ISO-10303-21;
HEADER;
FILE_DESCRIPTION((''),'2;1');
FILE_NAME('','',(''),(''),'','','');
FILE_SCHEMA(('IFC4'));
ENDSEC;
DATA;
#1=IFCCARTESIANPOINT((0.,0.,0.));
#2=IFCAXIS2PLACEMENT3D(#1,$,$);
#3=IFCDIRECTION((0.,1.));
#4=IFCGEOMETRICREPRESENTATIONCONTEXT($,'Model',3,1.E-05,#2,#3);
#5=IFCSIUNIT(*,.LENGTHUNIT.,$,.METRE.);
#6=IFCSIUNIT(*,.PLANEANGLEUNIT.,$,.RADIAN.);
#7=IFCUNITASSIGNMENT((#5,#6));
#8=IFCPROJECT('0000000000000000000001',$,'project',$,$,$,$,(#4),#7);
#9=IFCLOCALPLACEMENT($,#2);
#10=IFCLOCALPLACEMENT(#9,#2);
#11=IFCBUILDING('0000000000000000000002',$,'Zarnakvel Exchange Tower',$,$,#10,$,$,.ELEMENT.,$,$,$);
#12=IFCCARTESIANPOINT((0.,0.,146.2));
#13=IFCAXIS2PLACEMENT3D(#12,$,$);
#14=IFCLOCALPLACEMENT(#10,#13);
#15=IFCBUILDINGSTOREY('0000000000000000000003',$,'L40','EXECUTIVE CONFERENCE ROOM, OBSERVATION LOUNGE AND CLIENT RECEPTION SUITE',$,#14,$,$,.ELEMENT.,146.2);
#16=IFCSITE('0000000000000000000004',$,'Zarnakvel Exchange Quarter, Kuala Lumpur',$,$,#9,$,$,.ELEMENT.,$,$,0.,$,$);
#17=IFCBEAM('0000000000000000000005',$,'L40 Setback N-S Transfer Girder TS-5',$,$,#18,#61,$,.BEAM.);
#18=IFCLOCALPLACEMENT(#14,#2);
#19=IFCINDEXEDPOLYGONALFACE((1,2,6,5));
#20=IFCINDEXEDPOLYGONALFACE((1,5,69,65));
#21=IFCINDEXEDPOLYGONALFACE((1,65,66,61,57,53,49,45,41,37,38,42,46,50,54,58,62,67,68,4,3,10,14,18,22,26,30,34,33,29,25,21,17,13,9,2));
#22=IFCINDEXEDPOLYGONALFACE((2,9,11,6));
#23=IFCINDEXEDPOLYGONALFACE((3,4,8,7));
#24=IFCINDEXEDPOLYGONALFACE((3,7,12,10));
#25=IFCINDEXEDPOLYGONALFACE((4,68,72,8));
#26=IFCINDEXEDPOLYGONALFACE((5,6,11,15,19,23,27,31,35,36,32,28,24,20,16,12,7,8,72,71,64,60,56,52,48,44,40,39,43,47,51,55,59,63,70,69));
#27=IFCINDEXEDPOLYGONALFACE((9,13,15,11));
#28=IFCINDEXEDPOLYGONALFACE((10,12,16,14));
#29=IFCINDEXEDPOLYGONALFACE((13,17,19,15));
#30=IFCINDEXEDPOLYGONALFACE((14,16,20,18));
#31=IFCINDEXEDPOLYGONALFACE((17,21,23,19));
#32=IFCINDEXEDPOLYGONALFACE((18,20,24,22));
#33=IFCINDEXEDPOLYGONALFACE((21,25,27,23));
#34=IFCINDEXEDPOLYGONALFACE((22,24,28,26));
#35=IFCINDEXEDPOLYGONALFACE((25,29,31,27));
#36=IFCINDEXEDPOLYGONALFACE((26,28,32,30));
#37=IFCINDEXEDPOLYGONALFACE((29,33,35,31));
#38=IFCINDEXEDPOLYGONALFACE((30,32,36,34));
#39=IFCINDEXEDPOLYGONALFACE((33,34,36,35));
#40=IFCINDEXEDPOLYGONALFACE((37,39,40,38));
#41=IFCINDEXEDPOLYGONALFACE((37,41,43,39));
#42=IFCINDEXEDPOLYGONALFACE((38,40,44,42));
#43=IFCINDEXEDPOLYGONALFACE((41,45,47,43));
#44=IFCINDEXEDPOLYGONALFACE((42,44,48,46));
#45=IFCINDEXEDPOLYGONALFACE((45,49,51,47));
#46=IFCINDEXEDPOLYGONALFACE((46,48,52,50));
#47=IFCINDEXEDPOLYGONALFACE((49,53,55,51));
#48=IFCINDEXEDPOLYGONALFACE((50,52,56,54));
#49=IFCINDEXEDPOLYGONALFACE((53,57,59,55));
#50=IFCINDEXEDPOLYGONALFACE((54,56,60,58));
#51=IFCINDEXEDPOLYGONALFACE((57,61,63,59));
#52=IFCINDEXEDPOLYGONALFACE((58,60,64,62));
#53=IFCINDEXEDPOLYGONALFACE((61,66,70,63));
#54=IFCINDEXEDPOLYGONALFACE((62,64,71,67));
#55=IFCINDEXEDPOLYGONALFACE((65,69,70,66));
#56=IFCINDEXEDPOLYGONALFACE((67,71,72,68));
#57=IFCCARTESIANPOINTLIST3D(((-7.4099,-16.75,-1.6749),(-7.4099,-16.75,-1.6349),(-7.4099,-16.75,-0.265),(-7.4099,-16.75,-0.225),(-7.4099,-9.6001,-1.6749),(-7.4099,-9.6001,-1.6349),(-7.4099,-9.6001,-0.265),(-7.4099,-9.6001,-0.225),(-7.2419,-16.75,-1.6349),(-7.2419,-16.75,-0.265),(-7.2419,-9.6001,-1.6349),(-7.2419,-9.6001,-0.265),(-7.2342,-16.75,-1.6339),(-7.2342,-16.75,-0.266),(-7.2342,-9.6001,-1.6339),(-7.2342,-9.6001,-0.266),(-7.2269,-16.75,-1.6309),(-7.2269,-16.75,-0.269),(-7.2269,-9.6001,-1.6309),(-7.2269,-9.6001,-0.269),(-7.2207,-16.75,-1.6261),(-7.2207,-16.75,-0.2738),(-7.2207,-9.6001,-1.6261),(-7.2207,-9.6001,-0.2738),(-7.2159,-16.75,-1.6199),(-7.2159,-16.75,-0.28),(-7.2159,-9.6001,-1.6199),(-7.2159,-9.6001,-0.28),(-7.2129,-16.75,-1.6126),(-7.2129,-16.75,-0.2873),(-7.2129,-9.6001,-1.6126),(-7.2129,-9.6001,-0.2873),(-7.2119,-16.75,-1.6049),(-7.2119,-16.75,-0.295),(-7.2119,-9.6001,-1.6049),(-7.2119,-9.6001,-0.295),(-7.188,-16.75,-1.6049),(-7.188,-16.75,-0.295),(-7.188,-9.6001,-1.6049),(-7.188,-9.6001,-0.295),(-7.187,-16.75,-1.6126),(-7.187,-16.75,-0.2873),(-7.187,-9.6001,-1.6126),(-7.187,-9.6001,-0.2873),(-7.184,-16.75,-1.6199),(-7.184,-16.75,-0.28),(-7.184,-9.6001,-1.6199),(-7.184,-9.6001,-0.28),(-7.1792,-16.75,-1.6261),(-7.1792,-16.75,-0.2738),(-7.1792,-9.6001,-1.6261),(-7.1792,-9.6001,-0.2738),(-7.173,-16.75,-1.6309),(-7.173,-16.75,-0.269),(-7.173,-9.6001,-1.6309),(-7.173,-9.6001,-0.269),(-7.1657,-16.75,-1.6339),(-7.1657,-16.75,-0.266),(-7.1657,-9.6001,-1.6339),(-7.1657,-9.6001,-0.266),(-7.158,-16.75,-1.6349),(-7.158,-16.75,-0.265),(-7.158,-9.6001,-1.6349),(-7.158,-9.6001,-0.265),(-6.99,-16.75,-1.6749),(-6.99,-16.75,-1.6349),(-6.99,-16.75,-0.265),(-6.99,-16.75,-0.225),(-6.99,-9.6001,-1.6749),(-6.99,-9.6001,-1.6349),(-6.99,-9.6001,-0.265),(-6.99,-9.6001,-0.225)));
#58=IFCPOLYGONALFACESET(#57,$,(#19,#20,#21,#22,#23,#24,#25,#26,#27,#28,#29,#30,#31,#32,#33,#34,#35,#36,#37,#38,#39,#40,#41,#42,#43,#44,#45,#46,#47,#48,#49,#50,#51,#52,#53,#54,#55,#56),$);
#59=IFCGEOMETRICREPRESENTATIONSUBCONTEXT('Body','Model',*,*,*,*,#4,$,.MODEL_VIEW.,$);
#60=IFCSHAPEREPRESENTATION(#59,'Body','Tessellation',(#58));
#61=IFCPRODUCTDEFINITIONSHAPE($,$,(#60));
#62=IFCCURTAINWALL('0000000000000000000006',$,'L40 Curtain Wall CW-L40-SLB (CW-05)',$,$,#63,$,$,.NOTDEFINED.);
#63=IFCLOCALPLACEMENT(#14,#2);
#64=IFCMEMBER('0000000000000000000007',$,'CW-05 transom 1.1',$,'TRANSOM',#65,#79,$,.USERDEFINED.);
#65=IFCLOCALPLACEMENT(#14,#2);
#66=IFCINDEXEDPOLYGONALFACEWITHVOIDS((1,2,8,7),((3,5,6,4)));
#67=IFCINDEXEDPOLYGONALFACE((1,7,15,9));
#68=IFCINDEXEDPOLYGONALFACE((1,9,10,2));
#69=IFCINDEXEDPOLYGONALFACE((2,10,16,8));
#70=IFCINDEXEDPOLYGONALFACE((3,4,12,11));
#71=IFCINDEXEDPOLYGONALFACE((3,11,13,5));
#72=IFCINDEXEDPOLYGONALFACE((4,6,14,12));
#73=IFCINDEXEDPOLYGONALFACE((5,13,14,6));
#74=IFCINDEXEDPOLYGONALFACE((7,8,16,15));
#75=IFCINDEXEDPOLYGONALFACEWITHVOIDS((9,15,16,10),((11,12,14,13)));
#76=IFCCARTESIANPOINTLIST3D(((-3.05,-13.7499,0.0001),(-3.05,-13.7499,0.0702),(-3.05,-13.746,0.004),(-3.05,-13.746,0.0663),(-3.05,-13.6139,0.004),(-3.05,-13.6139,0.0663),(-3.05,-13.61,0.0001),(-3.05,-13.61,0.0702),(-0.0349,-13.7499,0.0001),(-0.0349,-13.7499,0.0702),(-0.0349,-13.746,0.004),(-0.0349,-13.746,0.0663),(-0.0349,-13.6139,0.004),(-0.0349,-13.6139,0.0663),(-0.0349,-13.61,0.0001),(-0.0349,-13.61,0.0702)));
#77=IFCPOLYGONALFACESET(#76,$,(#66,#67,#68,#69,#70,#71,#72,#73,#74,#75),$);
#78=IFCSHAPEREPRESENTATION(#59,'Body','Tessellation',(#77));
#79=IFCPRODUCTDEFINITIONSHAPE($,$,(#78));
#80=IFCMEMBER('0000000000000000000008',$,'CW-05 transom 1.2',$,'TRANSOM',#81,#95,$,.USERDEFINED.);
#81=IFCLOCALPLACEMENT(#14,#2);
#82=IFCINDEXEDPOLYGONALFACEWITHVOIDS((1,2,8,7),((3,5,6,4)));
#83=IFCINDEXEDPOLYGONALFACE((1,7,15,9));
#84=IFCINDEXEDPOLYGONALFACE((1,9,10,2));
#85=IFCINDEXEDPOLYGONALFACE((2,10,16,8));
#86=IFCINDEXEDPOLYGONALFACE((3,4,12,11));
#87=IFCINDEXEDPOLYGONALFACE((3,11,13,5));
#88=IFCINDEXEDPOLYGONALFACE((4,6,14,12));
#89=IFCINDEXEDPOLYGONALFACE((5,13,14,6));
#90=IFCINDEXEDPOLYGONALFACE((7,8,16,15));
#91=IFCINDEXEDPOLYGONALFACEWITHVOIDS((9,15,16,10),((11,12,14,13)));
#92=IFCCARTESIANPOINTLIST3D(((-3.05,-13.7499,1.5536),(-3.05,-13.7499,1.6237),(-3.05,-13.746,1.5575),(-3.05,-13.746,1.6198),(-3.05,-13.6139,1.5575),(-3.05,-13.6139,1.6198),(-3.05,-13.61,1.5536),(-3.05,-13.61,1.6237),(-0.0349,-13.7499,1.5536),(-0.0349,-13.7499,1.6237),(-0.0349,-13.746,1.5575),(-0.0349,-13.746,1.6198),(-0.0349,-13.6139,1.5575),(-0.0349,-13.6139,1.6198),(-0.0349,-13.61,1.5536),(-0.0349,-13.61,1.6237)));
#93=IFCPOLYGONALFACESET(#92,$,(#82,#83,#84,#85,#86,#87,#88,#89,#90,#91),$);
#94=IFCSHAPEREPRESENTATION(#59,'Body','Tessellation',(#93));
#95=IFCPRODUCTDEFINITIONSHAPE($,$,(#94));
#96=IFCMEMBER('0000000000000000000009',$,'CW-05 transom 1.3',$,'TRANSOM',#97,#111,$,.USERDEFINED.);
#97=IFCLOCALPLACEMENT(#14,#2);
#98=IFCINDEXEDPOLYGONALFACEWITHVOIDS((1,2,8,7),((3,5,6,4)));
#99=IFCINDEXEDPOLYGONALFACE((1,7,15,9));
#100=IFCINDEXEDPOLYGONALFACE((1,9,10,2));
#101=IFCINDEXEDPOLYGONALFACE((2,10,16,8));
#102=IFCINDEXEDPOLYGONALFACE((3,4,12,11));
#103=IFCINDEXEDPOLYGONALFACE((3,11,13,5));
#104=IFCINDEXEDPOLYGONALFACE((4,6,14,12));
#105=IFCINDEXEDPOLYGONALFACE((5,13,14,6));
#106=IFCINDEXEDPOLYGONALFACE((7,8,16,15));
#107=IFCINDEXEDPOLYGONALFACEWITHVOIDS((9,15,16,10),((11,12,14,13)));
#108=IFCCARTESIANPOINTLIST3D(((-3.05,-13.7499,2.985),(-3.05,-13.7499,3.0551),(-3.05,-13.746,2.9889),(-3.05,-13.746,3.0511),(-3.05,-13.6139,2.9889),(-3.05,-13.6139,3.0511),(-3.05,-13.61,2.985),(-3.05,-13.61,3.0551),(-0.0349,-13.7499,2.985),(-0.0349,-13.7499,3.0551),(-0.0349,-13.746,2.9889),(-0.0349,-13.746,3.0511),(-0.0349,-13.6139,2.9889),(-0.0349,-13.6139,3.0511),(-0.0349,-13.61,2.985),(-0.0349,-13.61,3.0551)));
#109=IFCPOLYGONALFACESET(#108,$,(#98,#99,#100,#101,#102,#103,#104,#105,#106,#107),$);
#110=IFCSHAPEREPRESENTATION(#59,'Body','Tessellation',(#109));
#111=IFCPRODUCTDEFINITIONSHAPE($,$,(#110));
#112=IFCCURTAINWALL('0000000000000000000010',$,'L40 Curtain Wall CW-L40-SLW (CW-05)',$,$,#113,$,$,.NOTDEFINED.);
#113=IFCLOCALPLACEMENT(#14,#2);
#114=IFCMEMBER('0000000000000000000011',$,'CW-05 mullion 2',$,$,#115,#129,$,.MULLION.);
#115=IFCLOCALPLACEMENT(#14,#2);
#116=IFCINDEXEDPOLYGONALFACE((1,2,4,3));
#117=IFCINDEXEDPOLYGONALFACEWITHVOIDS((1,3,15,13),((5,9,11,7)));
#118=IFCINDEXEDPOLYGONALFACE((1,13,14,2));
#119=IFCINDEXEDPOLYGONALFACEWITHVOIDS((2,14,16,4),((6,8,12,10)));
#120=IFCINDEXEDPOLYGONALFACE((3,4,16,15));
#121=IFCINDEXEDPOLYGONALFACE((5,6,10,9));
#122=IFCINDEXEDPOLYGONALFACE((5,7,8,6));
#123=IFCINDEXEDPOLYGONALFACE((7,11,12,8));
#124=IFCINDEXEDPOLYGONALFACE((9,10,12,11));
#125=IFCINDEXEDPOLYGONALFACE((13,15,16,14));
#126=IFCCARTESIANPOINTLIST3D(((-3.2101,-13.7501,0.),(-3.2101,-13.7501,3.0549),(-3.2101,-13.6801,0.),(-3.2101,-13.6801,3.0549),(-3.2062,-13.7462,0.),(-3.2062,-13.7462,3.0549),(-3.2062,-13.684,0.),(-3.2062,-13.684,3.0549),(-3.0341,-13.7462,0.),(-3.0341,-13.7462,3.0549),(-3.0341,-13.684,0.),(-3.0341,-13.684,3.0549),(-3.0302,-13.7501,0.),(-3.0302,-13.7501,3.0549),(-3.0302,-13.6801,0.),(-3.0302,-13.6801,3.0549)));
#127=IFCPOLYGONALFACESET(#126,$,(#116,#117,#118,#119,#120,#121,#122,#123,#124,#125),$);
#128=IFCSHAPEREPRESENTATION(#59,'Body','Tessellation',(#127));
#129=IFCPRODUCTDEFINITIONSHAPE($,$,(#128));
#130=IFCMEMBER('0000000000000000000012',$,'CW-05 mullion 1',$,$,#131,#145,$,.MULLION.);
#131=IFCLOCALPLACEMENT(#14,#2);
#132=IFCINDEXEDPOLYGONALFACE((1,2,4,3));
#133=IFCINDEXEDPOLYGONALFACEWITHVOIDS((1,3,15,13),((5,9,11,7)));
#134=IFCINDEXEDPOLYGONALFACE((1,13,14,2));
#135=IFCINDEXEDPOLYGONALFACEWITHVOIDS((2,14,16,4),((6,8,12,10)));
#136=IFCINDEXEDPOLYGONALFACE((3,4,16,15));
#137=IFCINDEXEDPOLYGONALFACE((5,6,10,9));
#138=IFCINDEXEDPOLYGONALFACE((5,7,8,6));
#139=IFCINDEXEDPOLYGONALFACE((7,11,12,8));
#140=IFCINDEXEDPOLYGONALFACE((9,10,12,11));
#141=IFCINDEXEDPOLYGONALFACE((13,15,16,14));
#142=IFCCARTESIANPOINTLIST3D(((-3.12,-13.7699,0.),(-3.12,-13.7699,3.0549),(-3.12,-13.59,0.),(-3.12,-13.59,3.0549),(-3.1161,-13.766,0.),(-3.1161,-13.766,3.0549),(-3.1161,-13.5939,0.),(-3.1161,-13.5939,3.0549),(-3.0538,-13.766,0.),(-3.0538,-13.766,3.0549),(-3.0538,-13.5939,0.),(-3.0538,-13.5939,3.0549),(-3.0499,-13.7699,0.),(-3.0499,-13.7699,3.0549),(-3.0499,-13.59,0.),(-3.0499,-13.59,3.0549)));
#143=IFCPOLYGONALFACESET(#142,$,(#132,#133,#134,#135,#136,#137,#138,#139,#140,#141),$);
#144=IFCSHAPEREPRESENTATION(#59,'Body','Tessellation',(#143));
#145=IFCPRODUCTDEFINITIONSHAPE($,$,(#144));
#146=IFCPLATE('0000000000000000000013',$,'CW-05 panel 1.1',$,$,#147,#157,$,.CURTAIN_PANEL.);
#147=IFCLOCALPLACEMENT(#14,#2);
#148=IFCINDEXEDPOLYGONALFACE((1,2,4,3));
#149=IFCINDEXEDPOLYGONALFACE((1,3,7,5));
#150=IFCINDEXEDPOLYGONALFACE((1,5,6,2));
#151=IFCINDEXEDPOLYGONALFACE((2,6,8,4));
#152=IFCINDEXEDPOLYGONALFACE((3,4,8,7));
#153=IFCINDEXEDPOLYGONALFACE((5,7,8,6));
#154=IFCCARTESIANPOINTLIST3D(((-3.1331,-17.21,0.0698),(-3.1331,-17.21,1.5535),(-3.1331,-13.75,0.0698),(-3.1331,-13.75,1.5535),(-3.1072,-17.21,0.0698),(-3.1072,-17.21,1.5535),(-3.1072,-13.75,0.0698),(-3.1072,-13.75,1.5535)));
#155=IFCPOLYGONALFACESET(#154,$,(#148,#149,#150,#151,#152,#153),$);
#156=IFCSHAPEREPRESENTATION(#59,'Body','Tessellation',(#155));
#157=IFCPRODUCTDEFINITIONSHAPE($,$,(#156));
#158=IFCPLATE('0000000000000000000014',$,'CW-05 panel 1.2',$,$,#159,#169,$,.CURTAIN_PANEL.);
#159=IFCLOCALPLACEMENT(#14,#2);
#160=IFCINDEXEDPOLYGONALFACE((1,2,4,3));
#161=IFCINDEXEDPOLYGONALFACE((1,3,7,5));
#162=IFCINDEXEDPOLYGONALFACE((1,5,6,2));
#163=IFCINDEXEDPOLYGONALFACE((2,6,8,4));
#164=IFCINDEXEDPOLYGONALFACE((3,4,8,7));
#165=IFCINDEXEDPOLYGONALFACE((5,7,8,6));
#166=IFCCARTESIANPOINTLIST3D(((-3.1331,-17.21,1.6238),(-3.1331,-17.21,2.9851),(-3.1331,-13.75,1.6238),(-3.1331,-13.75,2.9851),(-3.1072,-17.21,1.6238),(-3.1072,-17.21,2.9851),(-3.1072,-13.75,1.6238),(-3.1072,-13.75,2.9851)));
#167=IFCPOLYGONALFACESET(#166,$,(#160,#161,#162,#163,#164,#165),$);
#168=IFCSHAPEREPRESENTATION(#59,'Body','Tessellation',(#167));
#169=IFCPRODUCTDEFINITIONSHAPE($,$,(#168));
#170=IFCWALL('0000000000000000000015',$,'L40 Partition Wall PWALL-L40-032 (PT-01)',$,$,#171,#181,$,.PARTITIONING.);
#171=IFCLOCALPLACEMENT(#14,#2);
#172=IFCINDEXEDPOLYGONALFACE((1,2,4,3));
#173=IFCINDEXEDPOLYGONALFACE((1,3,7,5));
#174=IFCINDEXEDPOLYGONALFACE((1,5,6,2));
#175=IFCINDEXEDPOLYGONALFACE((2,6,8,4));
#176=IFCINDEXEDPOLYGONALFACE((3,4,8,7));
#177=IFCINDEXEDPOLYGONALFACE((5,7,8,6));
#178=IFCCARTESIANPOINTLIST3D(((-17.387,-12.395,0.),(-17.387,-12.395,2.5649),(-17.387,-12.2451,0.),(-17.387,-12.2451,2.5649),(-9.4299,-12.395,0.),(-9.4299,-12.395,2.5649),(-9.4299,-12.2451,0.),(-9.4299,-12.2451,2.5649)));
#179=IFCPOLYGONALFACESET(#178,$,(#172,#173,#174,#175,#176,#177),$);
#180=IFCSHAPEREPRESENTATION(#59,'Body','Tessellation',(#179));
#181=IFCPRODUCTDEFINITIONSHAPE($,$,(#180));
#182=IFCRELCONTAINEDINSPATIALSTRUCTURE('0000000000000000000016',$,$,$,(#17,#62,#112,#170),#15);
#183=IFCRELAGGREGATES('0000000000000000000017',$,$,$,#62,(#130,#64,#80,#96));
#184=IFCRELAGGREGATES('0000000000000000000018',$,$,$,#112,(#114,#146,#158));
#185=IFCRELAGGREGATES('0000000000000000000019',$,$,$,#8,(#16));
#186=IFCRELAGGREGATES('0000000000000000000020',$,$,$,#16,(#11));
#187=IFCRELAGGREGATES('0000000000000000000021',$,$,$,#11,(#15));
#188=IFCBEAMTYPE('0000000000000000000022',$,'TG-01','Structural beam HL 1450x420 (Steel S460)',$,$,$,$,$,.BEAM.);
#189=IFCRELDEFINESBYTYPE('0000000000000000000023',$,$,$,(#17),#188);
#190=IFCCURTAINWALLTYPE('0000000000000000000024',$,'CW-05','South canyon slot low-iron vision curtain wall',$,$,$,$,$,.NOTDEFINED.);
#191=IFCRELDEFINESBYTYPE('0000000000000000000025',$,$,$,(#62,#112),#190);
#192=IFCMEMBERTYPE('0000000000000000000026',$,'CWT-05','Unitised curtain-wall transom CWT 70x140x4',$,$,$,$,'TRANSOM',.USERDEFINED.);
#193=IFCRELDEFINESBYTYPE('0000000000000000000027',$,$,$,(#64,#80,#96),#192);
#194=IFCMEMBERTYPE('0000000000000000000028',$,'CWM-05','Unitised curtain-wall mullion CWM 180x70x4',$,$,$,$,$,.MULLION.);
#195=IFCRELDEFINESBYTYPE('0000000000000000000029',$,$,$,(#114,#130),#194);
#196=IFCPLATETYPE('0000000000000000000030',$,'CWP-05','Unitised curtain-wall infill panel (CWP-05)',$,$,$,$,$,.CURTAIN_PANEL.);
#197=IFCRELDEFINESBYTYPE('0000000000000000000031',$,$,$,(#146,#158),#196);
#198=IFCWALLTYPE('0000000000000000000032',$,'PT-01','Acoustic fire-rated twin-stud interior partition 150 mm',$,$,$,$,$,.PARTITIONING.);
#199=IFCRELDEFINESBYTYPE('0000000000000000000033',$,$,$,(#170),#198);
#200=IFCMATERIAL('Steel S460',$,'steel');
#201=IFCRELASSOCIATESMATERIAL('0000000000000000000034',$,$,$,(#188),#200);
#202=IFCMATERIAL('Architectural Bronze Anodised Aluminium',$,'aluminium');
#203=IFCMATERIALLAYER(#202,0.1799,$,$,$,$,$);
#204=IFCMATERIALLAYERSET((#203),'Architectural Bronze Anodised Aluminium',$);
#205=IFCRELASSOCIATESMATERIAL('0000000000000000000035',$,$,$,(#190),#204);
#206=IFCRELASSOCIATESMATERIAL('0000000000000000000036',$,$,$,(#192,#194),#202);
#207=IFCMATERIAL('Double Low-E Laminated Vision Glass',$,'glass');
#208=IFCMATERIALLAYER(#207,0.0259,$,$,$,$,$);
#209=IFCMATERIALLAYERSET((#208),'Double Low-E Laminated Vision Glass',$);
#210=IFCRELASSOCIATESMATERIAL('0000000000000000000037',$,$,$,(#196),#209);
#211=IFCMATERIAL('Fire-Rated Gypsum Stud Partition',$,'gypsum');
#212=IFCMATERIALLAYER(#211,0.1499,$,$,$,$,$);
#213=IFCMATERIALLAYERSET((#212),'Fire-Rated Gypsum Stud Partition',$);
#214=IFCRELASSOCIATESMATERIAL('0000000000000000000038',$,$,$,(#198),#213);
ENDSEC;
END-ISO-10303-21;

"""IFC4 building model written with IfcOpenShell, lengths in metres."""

from ifc_helpers import new_model, si_unit, direction, frame, frame_2d, origin, origin_2d, place, context, subcontext, project, spatial, rectangle, hollow_rectangle, i_section, extrude, source, transform, mapped, material, layer, layer_set, material_profile, profile_set, type_object, element, aggregate, save


model = new_model("IFC4")

# Units and contexts
model_context = context("Model", 3, precision=1e-05, world=origin(), true_north=direction((0.0, 1.0)))
body_context = subcontext(model_context, "Body", "Model", "MODEL_VIEW")
ifc_project = project(units=[si_unit("LENGTHUNIT", "METRE"), si_unit("PLANEANGLEUNIT", "RADIAN")], contexts=[model_context])

# Site, building, storey
site_placement = place(None, origin())
site = spatial("IfcSite", under=ifc_project, at=site_placement, Name="Zarnakvel Exchange Quarter, Kuala Lumpur", CompositionType="ELEMENT", RefElevation=0.0)
building_placement = place(site_placement, origin())
building = spatial("IfcBuilding", under=site, at=building_placement, Name="Zarnakvel Exchange Tower", CompositionType="ELEMENT")
storey_placement = place(building_placement, frame((0.0, 0.0, 146.2)))
storey = spatial("IfcBuildingStorey", under=building, at=storey_placement, Name="L40", Description="EXECUTIVE CONFERENCE ROOM, OBSERVATION LOUNGE AND CLIENT RECEPTION SUITE", CompositionType="ELEMENT", Elevation=146.2)

# Beam
ifc_material_1 = material(Name="Steel S460", Category="steel")
ifc_material_profile_1 = material_profile(ifc_material_1, i_section(OverallWidth=0.4199, OverallDepth=1.45, WebThickness=0.0239, FlangeThickness=0.04, FilletRadius=0.03, at=origin_2d()))
ifc_profile_set_1 = profile_set([ifc_material_profile_1], Name="Steel S460")
beam_type_1 = type_object("IfcBeamType", Name="TG-01", Description="Structural beam HL 1450x420 (Steel S460)", PredefinedType="BEAM", material=ifc_profile_set_1)
beam_1_placement = place(storey_placement, frame((-7.2, -16.75, -0.95), z_axis=(0.0, 1.0, 0.0), x_axis=(-1.0, 0.0, 0.0)))
element("IfcBeam", 1, at=beam_1_placement, inside=storey, type_object=beam_type_1, Name="L40 Setback N-S Transfer Girder TS-5", PredefinedType="BEAM", context=body_context, shape_type="SweptSolid", body=[
    extrude(i_section(OverallWidth=0.4199, OverallDepth=1.45, WebThickness=0.0239, FlangeThickness=0.04, FilletRadius=0.03, at=origin_2d()), origin(), (0.0, 0.0, 1.0), 7.1499),
])

# Curtain wall, members
ifc_material_2 = material(Name="Architectural Bronze Anodised Aluminium", Category="aluminium")
ifc_layer_1 = layer(ifc_material_2, 0.1799)
ifc_layer_set_1 = layer_set([ifc_layer_1], Name="Architectural Bronze Anodised Aluminium")
curtain_wall_type = type_object("IfcCurtainWallType", Name="CW-05", Description="South canyon slot low-iron vision curtain wall", PredefinedType="NOTDEFINED", material=ifc_layer_set_1)
curtain_wall_1_placement = place(storey_placement, origin())
curtain_wall_1 = element("IfcCurtainWall", 2, at=curtain_wall_1_placement, inside=storey, type_object=curtain_wall_type, Name="L40 Curtain Wall CW-L40-SLB (CW-05)", PredefinedType="NOTDEFINED")
ifc_material_profile_2 = material_profile(ifc_material_2, hollow_rectangle(XDim=0.1399, YDim=0.0701, WallThickness=0.0039, at=origin_2d()))
ifc_profile_set_2 = profile_set([ifc_material_profile_2], Name="Architectural Bronze Anodised Aluminium")
member_type_1 = type_object("IfcMemberType", Name="CWT-05", Description="Unitised curtain-wall transom CWT 70x140x4", ElementType="TRANSOM", PredefinedType="USERDEFINED", material=ifc_profile_set_2)
shared_shape_1 = source(origin(), body_context, "Body", "SweptSolid", [
    extrude(hollow_rectangle(XDim=0.1399, YDim=0.0701, WallThickness=0.0039, at=origin_2d()), origin(), (0.0, 0.0, 1.0), 3.0151),
])
member_1_placement = place(storey_placement, frame((-3.05, -13.6799, 0.0352), z_axis=(1.0, 0.0, 0.0), x_axis=(0.0, 1.0, 0.0)))
member_1 = element("IfcMember", 3, at=member_1_placement, type_object=member_type_1, Name="CW-05 transom 1.1", ObjectType="TRANSOM", PredefinedType="USERDEFINED", context=body_context, shape_type="MappedRepresentation", body=[
    mapped(shared_shape_1, transform((0.0, 0.0, 0.0), x_axis=(1.0, 0.0, 0.0), y_axis=(0.0, 1.0, 0.0), z_axis=(0.0, 0.0, 1.0), scale=1.0)),
])
member_2_placement = place(storey_placement, frame((-3.05, -13.6799, 1.5886), z_axis=(1.0, 0.0, 0.0), x_axis=(0.0, 1.0, 0.0)))
member_2 = element("IfcMember", 4, at=member_2_placement, type_object=member_type_1, Name="CW-05 transom 1.2", ObjectType="TRANSOM", PredefinedType="USERDEFINED", context=body_context, shape_type="MappedRepresentation", body=[
    mapped(shared_shape_1, transform((0.0, 0.0, 0.0), x_axis=(1.0, 0.0, 0.0), y_axis=(0.0, 1.0, 0.0), z_axis=(0.0, 0.0, 1.0), scale=1.0)),
])
member_3_placement = place(storey_placement, frame((-3.05, -13.6799, 3.02), z_axis=(1.0, 0.0, 0.0), x_axis=(0.0, 1.0, 0.0)))
member_3 = element("IfcMember", 5, at=member_3_placement, type_object=member_type_1, Name="CW-05 transom 1.3", ObjectType="TRANSOM", PredefinedType="USERDEFINED", context=body_context, shape_type="MappedRepresentation", body=[
    mapped(shared_shape_1, transform((0.0, 0.0, 0.0), x_axis=(1.0, 0.0, 0.0), y_axis=(0.0, 1.0, 0.0), z_axis=(0.0, 0.0, 1.0), scale=1.0)),
])

# Curtain wall, member
curtain_wall_2_placement = place(storey_placement, origin())
curtain_wall_2 = element("IfcCurtainWall", 6, at=curtain_wall_2_placement, inside=storey, type_object=curtain_wall_type, Name="L40 Curtain Wall CW-L40-SLW (CW-05)", PredefinedType="NOTDEFINED")
ifc_material_profile_3 = material_profile(ifc_material_2, hollow_rectangle(XDim=0.1799, YDim=0.0701, WallThickness=0.0039, at=origin_2d()))
ifc_profile_set_3 = profile_set([ifc_material_profile_3], Name="Architectural Bronze Anodised Aluminium")
member_type_2 = type_object("IfcMemberType", Name="CWM-05", Description="Unitised curtain-wall mullion CWM 180x70x4", PredefinedType="MULLION", material=ifc_profile_set_3)
shared_shape_2 = source(origin(), body_context, "Body", "SweptSolid", [
    extrude(hollow_rectangle(XDim=0.1799, YDim=0.0701, WallThickness=0.0039, at=origin_2d()), origin(), (0.0, 0.0, 1.0), 3.0549),
])
member_4_placement = place(storey_placement, frame((-3.1201, -13.7151, 0.0), z_axis=(0.0, 0.0, 1.0), x_axis=(-1.0, 0.0, 0.0)))
member_4 = element("IfcMember", 7, at=member_4_placement, type_object=member_type_2, Name="CW-05 mullion 2", PredefinedType="MULLION", context=body_context, shape_type="MappedRepresentation", body=[
    mapped(shared_shape_2, transform((0.0, 0.0, 0.0), x_axis=(1.0, 0.0, 0.0), y_axis=(0.0, 1.0, 0.0), z_axis=(0.0, 0.0, 1.0), scale=1.0)),
])

# Member
member_5_placement = place(storey_placement, frame((-3.085, -13.6799, 0.0), z_axis=(0.0, 0.0, 1.0), x_axis=(0.0, 1.0, 0.0)))
member_5 = element("IfcMember", 8, at=member_5_placement, type_object=member_type_2, Name="CW-05 mullion 1", PredefinedType="MULLION", context=body_context, shape_type="MappedRepresentation", body=[
    mapped(shared_shape_2, transform((0.0, 0.0, 0.0), x_axis=(1.0, 0.0, 0.0), y_axis=(0.0, 1.0, 0.0), z_axis=(0.0, 0.0, 1.0), scale=1.0)),
])
aggregate(curtain_wall_1, [member_5, member_1, member_2, member_3])

# Plates
ifc_material_3 = material(Name="Double Low-E Laminated Vision Glass", Category="glass")
ifc_layer_2 = layer(ifc_material_3, 0.0259)
ifc_layer_set_2 = layer_set([ifc_layer_2], Name="Double Low-E Laminated Vision Glass")
plate_type = type_object("IfcPlateType", Name="CWP-05", Description="Unitised curtain-wall infill panel (CWP-05)", PredefinedType="CURTAIN_PANEL", material=ifc_layer_set_2)
shared_shape_3 = source(origin(), body_context, "Body", "SweptSolid", [
    extrude(rectangle(XDim=3.46, YDim=0.0259, at=origin_2d()), origin(), (0.0, 0.0, 1.0), 1.4836),
])
plate_1_placement = place(storey_placement, frame((-3.1201, -15.48, 0.0698), z_axis=(0.0, 0.0, 1.0), x_axis=(0.0, 1.0, 0.0)))
plate_1 = element("IfcPlate", 9, at=plate_1_placement, type_object=plate_type, Name="CW-05 panel 1.1", PredefinedType="CURTAIN_PANEL", context=body_context, shape_type="MappedRepresentation", body=[
    mapped(shared_shape_3, transform((0.0, 0.0, 0.0), x_axis=(1.0, 0.0, 0.0), y_axis=(0.0, 1.0, 0.0), z_axis=(0.0, 0.0, 1.0), scale=1.0)),
])
shared_shape_4 = source(origin(), body_context, "Body", "SweptSolid", [
    extrude(rectangle(XDim=3.46, YDim=0.0259, at=origin_2d()), origin(), (0.0, 0.0, 1.0), 1.3613),
])
plate_2_placement = place(storey_placement, frame((-3.1201, -15.48, 1.6238), z_axis=(0.0, 0.0, 1.0), x_axis=(0.0, 1.0, 0.0)))
plate_2 = element("IfcPlate", 10, at=plate_2_placement, type_object=plate_type, Name="CW-05 panel 1.2", PredefinedType="CURTAIN_PANEL", context=body_context, shape_type="MappedRepresentation", body=[
    mapped(shared_shape_4, transform((0.0, 0.0, 0.0), x_axis=(1.0, 0.0, 0.0), y_axis=(0.0, 1.0, 0.0), z_axis=(0.0, 0.0, 1.0), scale=1.0)),
])
aggregate(curtain_wall_2, [member_4, plate_1, plate_2])

# Wall
ifc_material_4 = material(Name="Fire-Rated Gypsum Stud Partition", Category="gypsum")
ifc_layer_3 = layer(ifc_material_4, 0.1499)
ifc_layer_set_3 = layer_set([ifc_layer_3], Name="Fire-Rated Gypsum Stud Partition")
wall_type = type_object("IfcWallType", Name="PT-01", Description="Acoustic fire-rated twin-stud interior partition 150 mm", PredefinedType="PARTITIONING", material=ifc_layer_set_3)
wall_1_placement = place(storey_placement, frame((-9.4299, -12.3201, 0.0), z_axis=(0.0, 0.0, 1.0), x_axis=(-1.0, 0.0, 0.0)))
element("IfcWall", 11, at=wall_1_placement, inside=storey, type_object=wall_type, Name="L40 Partition Wall PWALL-L40-032 (PT-01)", PredefinedType="PARTITIONING", context=body_context, shape_type="SweptSolid", body=[
    extrude(rectangle(XDim=7.957, YDim=0.1499, at=frame_2d((3.9785, 0.0))), origin(), (0.0, 0.0, 1.0), 2.5649),
])

save(model, "model.ifc")
